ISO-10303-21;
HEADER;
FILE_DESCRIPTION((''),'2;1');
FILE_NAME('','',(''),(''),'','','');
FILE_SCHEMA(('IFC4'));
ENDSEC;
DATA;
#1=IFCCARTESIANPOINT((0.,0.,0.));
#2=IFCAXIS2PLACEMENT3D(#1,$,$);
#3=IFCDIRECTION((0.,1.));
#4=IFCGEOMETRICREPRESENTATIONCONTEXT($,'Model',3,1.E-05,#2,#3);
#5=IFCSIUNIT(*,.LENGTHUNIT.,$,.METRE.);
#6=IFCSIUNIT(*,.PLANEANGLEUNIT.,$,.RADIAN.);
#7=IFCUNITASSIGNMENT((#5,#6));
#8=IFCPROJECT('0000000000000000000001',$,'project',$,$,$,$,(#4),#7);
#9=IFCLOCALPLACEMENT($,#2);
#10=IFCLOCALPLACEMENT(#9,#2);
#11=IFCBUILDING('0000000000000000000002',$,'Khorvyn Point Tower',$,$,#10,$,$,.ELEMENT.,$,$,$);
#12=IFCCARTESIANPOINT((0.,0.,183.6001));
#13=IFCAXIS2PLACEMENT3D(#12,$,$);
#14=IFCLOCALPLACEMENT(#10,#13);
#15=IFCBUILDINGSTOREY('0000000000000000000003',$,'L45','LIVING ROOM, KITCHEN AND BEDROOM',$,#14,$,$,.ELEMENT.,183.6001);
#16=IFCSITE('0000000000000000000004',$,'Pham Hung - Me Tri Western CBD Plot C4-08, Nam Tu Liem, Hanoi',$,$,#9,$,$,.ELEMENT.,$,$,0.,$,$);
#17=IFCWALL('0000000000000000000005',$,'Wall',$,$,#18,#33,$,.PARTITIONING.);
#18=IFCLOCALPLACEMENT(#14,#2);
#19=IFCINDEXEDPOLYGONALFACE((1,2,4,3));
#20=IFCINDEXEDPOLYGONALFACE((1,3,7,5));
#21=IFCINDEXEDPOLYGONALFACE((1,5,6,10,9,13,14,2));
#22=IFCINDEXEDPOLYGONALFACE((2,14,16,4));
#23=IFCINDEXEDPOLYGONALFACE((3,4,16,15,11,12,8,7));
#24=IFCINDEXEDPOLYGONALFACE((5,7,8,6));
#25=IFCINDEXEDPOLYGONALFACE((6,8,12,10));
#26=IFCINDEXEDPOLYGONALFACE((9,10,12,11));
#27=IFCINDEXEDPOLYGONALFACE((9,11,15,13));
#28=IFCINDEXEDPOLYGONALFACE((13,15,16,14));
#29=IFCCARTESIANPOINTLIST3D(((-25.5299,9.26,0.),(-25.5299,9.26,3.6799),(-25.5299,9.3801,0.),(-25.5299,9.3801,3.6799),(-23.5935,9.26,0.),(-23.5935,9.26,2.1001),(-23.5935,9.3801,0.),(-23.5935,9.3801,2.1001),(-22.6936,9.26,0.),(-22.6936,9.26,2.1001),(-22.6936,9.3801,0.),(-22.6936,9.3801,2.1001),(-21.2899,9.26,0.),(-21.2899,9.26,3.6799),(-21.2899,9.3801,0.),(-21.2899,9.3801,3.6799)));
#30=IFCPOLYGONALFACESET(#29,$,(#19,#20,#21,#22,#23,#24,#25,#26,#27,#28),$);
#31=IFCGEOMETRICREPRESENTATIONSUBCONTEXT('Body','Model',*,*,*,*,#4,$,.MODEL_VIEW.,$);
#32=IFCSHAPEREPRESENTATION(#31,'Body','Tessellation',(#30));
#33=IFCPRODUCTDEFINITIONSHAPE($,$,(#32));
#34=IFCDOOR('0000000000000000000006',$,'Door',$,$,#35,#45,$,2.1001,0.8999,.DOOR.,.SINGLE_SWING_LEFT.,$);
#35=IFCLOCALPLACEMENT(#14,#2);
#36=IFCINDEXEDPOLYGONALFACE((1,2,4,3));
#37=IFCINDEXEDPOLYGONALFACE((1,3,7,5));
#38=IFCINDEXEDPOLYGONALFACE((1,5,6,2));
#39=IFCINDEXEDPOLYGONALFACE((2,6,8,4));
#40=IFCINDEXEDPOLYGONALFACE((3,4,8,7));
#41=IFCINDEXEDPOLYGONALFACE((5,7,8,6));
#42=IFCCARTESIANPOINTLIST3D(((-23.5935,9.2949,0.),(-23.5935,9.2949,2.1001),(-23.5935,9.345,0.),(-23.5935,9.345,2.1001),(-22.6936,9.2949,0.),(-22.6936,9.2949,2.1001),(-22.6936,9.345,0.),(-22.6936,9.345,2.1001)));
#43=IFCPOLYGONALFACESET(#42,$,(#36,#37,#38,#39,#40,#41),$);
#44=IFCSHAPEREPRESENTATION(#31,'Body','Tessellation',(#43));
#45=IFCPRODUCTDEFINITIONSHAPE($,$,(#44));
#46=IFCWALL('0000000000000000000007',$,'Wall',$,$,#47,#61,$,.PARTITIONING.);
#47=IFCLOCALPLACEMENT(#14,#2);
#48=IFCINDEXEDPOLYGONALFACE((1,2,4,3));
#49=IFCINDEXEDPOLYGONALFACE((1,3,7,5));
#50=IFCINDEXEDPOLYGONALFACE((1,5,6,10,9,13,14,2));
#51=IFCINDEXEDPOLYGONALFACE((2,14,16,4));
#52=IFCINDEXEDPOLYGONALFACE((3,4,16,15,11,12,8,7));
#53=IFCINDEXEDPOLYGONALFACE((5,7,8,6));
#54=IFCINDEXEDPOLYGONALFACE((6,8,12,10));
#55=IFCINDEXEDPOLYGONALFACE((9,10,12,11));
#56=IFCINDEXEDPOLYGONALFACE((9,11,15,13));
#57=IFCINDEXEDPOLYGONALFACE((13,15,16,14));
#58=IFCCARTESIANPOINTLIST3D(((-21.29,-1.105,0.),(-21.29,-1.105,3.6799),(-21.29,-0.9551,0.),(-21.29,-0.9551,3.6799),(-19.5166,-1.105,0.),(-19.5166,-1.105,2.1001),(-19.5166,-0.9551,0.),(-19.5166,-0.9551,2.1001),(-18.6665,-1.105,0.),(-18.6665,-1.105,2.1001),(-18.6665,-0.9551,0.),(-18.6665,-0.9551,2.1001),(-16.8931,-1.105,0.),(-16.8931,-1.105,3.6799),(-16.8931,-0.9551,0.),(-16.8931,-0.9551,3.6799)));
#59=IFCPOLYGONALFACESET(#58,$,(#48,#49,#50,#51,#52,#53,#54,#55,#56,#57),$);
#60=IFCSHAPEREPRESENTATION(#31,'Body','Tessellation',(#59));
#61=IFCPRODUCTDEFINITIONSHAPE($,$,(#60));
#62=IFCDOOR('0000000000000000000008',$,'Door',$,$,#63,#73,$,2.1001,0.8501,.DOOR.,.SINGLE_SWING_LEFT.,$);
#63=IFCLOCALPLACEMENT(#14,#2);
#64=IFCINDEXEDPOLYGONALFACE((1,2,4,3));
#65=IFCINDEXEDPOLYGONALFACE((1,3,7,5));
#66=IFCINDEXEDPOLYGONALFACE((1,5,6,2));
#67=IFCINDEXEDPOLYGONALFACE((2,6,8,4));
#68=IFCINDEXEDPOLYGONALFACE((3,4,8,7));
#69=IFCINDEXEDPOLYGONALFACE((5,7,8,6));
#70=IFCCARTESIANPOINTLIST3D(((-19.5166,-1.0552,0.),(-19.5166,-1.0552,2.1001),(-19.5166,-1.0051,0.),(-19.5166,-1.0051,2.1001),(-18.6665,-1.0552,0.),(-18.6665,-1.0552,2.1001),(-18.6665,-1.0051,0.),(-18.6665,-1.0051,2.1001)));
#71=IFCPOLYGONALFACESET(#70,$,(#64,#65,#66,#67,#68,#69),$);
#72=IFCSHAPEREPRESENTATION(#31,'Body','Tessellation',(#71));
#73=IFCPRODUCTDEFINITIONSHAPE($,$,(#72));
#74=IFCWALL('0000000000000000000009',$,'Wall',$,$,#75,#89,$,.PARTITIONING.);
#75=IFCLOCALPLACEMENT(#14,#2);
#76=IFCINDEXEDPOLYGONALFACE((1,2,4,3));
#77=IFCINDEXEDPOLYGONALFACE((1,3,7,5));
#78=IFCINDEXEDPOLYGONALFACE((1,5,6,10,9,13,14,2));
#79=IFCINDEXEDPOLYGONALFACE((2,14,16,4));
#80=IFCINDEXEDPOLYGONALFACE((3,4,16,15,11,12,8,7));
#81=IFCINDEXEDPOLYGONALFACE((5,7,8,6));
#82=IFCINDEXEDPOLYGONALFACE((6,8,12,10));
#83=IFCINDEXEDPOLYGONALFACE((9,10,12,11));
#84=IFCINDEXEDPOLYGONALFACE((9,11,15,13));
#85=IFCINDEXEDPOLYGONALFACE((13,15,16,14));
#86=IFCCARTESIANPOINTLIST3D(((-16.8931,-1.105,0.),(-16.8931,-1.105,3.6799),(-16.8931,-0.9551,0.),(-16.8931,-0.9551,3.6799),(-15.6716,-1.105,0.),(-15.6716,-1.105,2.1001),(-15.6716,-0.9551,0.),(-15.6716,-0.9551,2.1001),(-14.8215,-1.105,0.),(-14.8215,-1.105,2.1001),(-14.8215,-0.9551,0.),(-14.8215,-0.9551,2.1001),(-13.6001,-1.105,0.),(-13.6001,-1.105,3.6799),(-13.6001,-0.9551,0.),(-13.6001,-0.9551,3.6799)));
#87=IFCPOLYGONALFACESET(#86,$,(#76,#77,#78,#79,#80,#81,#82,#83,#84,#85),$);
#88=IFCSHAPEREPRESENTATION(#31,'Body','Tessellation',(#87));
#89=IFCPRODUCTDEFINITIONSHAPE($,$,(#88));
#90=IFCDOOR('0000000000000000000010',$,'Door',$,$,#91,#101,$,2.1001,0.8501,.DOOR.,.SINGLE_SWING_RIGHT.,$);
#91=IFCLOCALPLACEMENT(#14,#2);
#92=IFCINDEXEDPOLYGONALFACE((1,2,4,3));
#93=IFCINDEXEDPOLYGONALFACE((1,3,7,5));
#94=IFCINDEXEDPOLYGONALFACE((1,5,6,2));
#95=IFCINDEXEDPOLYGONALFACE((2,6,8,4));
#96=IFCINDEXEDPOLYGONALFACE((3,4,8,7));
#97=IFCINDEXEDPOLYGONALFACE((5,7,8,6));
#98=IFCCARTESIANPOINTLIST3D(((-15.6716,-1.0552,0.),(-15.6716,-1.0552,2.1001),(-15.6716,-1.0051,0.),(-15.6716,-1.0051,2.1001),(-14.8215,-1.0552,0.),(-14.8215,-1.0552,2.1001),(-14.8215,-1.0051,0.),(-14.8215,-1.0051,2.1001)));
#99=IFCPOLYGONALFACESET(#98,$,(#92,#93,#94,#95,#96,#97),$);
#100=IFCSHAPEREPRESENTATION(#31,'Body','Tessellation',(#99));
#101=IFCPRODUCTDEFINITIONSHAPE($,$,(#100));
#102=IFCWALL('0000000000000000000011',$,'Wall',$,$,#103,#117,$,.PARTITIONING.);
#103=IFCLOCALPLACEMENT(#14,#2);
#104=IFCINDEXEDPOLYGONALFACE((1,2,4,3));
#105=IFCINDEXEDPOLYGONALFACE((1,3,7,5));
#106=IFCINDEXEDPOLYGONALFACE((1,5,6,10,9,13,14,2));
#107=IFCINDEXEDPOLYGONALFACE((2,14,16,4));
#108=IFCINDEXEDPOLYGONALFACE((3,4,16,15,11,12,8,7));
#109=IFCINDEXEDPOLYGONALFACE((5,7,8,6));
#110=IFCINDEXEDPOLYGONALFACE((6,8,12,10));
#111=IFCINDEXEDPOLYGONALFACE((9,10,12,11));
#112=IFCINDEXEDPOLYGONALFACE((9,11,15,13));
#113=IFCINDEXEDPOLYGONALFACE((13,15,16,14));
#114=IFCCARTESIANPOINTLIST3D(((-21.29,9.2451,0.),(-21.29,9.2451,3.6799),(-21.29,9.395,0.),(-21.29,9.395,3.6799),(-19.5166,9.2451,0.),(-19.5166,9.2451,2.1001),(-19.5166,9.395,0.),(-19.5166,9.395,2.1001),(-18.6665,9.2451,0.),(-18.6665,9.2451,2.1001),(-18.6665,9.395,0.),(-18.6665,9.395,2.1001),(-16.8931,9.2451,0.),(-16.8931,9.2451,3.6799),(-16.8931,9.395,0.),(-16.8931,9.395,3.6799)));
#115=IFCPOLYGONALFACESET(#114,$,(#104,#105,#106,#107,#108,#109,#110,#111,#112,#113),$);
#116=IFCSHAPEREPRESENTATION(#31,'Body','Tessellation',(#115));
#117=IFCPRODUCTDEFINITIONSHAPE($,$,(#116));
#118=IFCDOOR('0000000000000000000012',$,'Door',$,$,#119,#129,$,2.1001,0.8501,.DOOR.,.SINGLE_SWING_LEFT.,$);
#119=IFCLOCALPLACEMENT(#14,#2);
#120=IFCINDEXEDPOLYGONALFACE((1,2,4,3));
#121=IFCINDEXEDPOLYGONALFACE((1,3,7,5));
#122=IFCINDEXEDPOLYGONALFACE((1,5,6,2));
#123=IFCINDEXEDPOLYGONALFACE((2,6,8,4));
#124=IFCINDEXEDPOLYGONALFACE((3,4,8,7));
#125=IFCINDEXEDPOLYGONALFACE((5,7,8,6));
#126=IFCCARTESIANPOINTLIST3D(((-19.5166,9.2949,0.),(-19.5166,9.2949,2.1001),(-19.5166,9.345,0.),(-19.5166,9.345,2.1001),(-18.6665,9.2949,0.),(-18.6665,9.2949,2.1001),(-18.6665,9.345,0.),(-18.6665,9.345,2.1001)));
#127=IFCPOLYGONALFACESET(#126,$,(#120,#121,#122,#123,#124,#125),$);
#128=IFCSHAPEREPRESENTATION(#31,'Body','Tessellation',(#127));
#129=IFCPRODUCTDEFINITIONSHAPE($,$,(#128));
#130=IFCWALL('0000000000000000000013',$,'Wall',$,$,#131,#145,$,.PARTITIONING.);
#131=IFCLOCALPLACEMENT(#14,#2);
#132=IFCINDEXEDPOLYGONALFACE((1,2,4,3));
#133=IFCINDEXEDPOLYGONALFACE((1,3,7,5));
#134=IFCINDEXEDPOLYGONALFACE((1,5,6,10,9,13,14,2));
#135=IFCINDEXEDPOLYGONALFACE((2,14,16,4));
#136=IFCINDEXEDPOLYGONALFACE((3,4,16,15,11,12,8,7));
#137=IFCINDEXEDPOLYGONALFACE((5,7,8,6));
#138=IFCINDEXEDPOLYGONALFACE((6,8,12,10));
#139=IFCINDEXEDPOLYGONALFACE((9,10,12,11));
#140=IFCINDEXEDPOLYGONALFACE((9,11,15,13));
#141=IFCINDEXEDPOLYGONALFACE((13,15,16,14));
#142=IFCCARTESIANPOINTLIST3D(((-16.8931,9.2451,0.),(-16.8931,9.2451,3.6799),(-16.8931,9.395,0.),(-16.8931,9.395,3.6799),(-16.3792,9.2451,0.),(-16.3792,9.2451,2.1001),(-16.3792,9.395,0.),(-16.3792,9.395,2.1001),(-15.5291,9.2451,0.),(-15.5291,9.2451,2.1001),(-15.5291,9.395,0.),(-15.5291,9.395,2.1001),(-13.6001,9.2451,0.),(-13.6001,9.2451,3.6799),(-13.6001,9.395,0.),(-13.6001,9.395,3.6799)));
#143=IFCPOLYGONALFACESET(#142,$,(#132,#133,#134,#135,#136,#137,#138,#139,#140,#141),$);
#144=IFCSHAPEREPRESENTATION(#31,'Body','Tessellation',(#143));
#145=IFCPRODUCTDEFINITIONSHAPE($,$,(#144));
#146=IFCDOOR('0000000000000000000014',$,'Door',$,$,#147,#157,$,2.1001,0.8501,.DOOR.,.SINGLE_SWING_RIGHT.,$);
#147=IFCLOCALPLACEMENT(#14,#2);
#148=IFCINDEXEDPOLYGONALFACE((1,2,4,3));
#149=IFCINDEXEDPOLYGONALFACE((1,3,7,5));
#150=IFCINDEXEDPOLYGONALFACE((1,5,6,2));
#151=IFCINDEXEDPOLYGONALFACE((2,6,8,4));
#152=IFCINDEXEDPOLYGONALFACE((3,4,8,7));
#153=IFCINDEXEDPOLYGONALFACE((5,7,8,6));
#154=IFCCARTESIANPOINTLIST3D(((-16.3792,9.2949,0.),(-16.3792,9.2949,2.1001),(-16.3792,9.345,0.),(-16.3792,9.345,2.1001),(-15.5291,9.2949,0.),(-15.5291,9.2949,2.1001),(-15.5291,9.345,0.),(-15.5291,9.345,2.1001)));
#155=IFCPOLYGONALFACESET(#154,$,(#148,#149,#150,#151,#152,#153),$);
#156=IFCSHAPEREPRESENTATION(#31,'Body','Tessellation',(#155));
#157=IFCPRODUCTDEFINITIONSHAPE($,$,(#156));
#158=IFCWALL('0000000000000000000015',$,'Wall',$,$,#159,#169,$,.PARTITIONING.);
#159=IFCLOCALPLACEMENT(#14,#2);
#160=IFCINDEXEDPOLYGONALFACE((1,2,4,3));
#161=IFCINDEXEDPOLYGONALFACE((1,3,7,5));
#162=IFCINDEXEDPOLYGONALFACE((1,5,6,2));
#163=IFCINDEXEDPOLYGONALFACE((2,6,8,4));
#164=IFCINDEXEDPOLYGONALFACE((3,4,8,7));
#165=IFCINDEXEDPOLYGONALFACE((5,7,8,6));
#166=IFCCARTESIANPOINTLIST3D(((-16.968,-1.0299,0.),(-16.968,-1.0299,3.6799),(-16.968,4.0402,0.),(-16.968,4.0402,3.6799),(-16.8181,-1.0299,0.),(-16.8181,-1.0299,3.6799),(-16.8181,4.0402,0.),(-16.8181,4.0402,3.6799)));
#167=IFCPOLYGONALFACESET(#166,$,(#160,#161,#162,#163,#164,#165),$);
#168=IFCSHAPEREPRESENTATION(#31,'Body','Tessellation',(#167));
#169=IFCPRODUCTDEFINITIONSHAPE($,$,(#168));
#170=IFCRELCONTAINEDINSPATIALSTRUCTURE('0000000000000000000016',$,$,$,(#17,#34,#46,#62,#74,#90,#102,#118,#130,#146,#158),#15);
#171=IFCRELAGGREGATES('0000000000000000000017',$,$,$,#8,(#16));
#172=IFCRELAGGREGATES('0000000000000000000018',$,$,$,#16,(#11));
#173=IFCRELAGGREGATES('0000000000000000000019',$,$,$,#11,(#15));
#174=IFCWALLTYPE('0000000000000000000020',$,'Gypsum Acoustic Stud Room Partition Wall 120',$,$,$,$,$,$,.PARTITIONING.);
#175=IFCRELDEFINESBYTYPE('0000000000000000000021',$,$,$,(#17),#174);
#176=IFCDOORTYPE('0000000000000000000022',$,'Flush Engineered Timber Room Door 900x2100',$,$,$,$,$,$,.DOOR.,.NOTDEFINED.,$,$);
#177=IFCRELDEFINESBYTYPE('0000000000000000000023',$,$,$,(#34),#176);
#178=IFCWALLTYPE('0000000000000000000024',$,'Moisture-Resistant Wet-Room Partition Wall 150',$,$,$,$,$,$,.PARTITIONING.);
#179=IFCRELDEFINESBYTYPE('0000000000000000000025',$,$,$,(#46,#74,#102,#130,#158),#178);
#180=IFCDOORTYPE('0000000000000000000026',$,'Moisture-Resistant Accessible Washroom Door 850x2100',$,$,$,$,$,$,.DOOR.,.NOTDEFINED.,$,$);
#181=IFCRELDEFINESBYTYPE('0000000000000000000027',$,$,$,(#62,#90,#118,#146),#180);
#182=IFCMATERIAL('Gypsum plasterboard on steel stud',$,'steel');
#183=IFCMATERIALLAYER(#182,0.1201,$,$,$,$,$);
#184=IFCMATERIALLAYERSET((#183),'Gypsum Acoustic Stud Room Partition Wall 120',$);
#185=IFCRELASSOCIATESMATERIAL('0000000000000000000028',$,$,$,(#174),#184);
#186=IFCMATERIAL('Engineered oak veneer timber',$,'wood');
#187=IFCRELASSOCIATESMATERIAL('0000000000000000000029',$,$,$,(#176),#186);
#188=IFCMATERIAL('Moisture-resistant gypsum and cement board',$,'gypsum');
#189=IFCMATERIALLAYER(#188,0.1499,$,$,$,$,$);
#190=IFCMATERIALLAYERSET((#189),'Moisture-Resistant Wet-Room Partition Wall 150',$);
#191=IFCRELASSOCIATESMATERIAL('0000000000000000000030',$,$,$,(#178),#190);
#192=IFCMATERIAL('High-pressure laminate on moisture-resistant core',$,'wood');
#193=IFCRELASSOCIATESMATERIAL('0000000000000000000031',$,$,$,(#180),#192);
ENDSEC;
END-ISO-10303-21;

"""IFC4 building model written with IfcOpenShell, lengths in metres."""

from ifc_helpers import new_model, si_unit, direction, frame, frame_2d, origin, place, context, subcontext, project, spatial, rectangle, extrude, material, layer, layer_set, type_object, element, fill, save


model = new_model("IFC4")

# Units and contexts
model_context = context("Model", 3, precision=1e-05, world=origin(), true_north=direction((0.0, 1.0)))
body_context = subcontext(model_context, "Body", "Model", "MODEL_VIEW")
ifc_project = project(units=[si_unit("LENGTHUNIT", "METRE"), si_unit("PLANEANGLEUNIT", "RADIAN")], contexts=[model_context])

# Site, building, storey
site_placement = place(None, origin())
site = spatial("IfcSite", under=ifc_project, at=site_placement, Name="Pham Hung - Me Tri Western CBD Plot C4-08, Nam Tu Liem, Hanoi", CompositionType="ELEMENT", RefElevation=0.0)
building_placement = place(site_placement, origin())
building = spatial("IfcBuilding", under=site, at=building_placement, Name="Khorvyn Point Tower", CompositionType="ELEMENT")
storey_placement = place(building_placement, frame((0.0, 0.0, 183.6001)))
storey = spatial("IfcBuildingStorey", under=building, at=storey_placement, Name="L45", Description="LIVING ROOM, KITCHEN AND BEDROOM", CompositionType="ELEMENT", Elevation=183.6001)

# Walls, openings, doors
ifc_material_1 = material(Name="Gypsum plasterboard on steel stud", Category="steel")
ifc_layer_1 = layer(ifc_material_1, 0.1201)
ifc_layer_set_1 = layer_set([ifc_layer_1], Name="Gypsum Acoustic Stud Room Partition Wall 120")
wall_type_1 = type_object("IfcWallType", Name="Gypsum Acoustic Stud Room Partition Wall 120", PredefinedType="PARTITIONING", material=ifc_layer_set_1)
ifc_material_2 = material(Name="Engineered oak veneer timber", Category="wood")
door_type_1 = type_object("IfcDoorType", Name="Flush Engineered Timber Room Door 900x2100", OperationType="NOTDEFINED", PredefinedType="DOOR", material=ifc_material_2)
wall_1_placement = place(storey_placement, frame((-25.53, 9.3201, 0.0), z_axis=(0.0, 0.0, 1.0), x_axis=(1.0, 0.0, 0.0)))
wall_1 = element("IfcWall", 1, at=wall_1_placement, inside=storey, type_object=wall_type_1, Name="Wall", PredefinedType="PARTITIONING", context=body_context, shape_type="SweptSolid", body=[
    extrude(rectangle(XDim=4.24, YDim=0.1201, at=frame_2d((2.1201, 0.0))), origin(), (0.0, 0.0, 1.0), 3.6799),
])
opening_1_placement = place(wall_1_placement, frame((1.9365, 0.0, 0.0)))
opening_1 = element("IfcOpeningElement", 2, at=opening_1_placement, cuts=wall_1, PredefinedType="OPENING", context=body_context, shape_type="SweptSolid", body=[
    extrude(rectangle(XDim=0.8999, YDim=2.1001, at=frame_2d((0.45, 1.05))), frame((0.0, 0.0701, 0.0), z_axis=(0.0, -1.0, 0.0), x_axis=(1.0, 0.0, 0.0)), (0.0, 0.0, 1.0), 0.1401),
])
door_1_placement = place(opening_1_placement, origin())
door_1 = element("IfcDoor", 3, at=door_1_placement, inside=storey, type_object=door_type_1, Name="Door", OperationType="SINGLE_SWING_LEFT", OverallHeight=2.1001, OverallWidth=0.8999, PredefinedType="DOOR", context=body_context, shape_type="SweptSolid", body=[
    extrude(rectangle(XDim=0.8999, YDim=2.1001, at=frame_2d((0.45, 1.05))), frame((0.0, 0.0249, 0.0), z_axis=(0.0, -1.0, 0.0), x_axis=(1.0, 0.0, 0.0)), (0.0, 0.0, 1.0), 0.05),
])
fill(opening_1, door_1)
ifc_material_3 = material(Name="Moisture-resistant gypsum and cement board", Category="gypsum")
ifc_layer_2 = layer(ifc_material_3, 0.1499)
ifc_layer_set_2 = layer_set([ifc_layer_2], Name="Moisture-Resistant Wet-Room Partition Wall 150")
wall_type_2 = type_object("IfcWallType", Name="Moisture-Resistant Wet-Room Partition Wall 150", PredefinedType="PARTITIONING", material=ifc_layer_set_2)
wall_2_placement = place(storey_placement, frame((-21.29, -1.03, 0.0), z_axis=(0.0, 0.0, 1.0), x_axis=(1.0, 0.0, 0.0)))
wall_2 = element("IfcWall", 4, at=wall_2_placement, inside=storey, type_object=wall_type_2, Name="Wall", PredefinedType="PARTITIONING", context=body_context, shape_type="SweptSolid", body=[
    extrude(rectangle(XDim=4.397, YDim=0.1499, at=frame_2d((2.1985, 0.0))), origin(), (0.0, 0.0, 1.0), 3.6799),
])
opening_2_placement = place(wall_2_placement, frame((1.7734, 0.0, 0.0)))
opening_2 = element("IfcOpeningElement", 5, at=opening_2_placement, cuts=wall_2, PredefinedType="OPENING", context=body_context, shape_type="SweptSolid", body=[
    extrude(rectangle(XDim=0.8501, YDim=2.1001, at=frame_2d((0.425, 1.05))), frame((0.0, 0.085, 0.0), z_axis=(0.0, -1.0, 0.0), x_axis=(1.0, 0.0, 0.0)), (0.0, 0.0, 1.0), 0.1699),
])
ifc_material_4 = material(Name="High-pressure laminate on moisture-resistant core", Category="wood")
door_type_2 = type_object("IfcDoorType", Name="Moisture-Resistant Accessible Washroom Door 850x2100", OperationType="NOTDEFINED", PredefinedType="DOOR", material=ifc_material_4)
door_2_placement = place(opening_2_placement, origin())
door_2 = element("IfcDoor", 6, at=door_2_placement, inside=storey, type_object=door_type_2, Name="Door", OperationType="SINGLE_SWING_LEFT", OverallHeight=2.1001, OverallWidth=0.8501, PredefinedType="DOOR", context=body_context, shape_type="SweptSolid", body=[
    extrude(rectangle(XDim=0.8501, YDim=2.1001, at=frame_2d((0.425, 1.05))), frame((0.0, 0.0249, 0.0), z_axis=(0.0, -1.0, 0.0), x_axis=(1.0, 0.0, 0.0)), (0.0, 0.0, 1.0), 0.05),
])
fill(opening_2, door_2)
wall_3_placement = place(storey_placement, frame((-16.8931, -1.03, 0.0), z_axis=(0.0, 0.0, 1.0), x_axis=(1.0, 0.0, 0.0)))
wall_3 = element("IfcWall", 7, at=wall_3_placement, inside=storey, type_object=wall_type_2, Name="Wall", PredefinedType="PARTITIONING", context=body_context, shape_type="SweptSolid", body=[
    extrude(rectangle(XDim=3.293, YDim=0.1499, at=frame_2d((1.6465, 0.0))), origin(), (0.0, 0.0, 1.0), 3.6799),
])
opening_3_placement = place(wall_3_placement, frame((1.2214, 0.0, 0.0)))
opening_3 = element("IfcOpeningElement", 8, at=opening_3_placement, cuts=wall_3, PredefinedType="OPENING", context=body_context, shape_type="SweptSolid", body=[
    extrude(rectangle(XDim=0.8501, YDim=2.1001, at=frame_2d((0.425, 1.05))), frame((0.0, 0.085, 0.0), z_axis=(0.0, -1.0, 0.0), x_axis=(1.0, 0.0, 0.0)), (0.0, 0.0, 1.0), 0.1699),
])
door_3_placement = place(opening_3_placement, origin())
door_3 = element("IfcDoor", 9, at=door_3_placement, inside=storey, type_object=door_type_2, Name="Door", OperationType="SINGLE_SWING_RIGHT", OverallHeight=2.1001, OverallWidth=0.8501, PredefinedType="DOOR", context=body_context, shape_type="SweptSolid", body=[
    extrude(rectangle(XDim=0.8501, YDim=2.1001, at=frame_2d((0.425, 1.05))), frame((0.0, 0.0249, 0.0), z_axis=(0.0, -1.0, 0.0), x_axis=(1.0, 0.0, 0.0)), (0.0, 0.0, 1.0), 0.05),
])
fill(opening_3, door_3)
wall_4_placement = place(storey_placement, frame((-21.29, 9.3201, 0.0), z_axis=(0.0, 0.0, 1.0), x_axis=(1.0, 0.0, 0.0)))
wall_4 = element("IfcWall", 10, at=wall_4_placement, inside=storey, type_object=wall_type_2, Name="Wall", PredefinedType="PARTITIONING", context=body_context, shape_type="SweptSolid", body=[
    extrude(rectangle(XDim=4.397, YDim=0.1499, at=frame_2d((2.1985, 0.0))), origin(), (0.0, 0.0, 1.0), 3.6799),
])
opening_4_placement = place(wall_4_placement, frame((1.7734, 0.0, 0.0)))
opening_4 = element("IfcOpeningElement", 11, at=opening_4_placement, cuts=wall_4, PredefinedType="OPENING", context=body_context, shape_type="SweptSolid", body=[
    extrude(rectangle(XDim=0.8501, YDim=2.1001, at=frame_2d((0.425, 1.05))), frame((0.0, 0.085, 0.0), z_axis=(0.0, -1.0, 0.0), x_axis=(1.0, 0.0, 0.0)), (0.0, 0.0, 1.0), 0.1699),
])
door_4_placement = place(opening_4_placement, origin())
door_4 = element("IfcDoor", 12, at=door_4_placement, inside=storey, type_object=door_type_2, Name="Door", OperationType="SINGLE_SWING_LEFT", OverallHeight=2.1001, OverallWidth=0.8501, PredefinedType="DOOR", context=body_context, shape_type="SweptSolid", body=[
    extrude(rectangle(XDim=0.8501, YDim=2.1001, at=frame_2d((0.425, 1.05))), frame((0.0, 0.0249, 0.0), z_axis=(0.0, -1.0, 0.0), x_axis=(1.0, 0.0, 0.0)), (0.0, 0.0, 1.0), 0.05),
])
fill(opening_4, door_4)
wall_5_placement = place(storey_placement, frame((-16.8931, 9.3201, 0.0), z_axis=(0.0, 0.0, 1.0), x_axis=(1.0, 0.0, 0.0)))
wall_5 = element("IfcWall", 13, at=wall_5_placement, inside=storey, type_object=wall_type_2, Name="Wall", PredefinedType="PARTITIONING", context=body_context, shape_type="SweptSolid", body=[
    extrude(rectangle(XDim=3.293, YDim=0.1499, at=frame_2d((1.6465, 0.0))), origin(), (0.0, 0.0, 1.0), 3.6799),
])
opening_5_placement = place(wall_5_placement, frame((0.5139, 0.0, 0.0)))
opening_5 = element("IfcOpeningElement", 14, at=opening_5_placement, cuts=wall_5, PredefinedType="OPENING", context=body_context, shape_type="SweptSolid", body=[
    extrude(rectangle(XDim=0.8501, YDim=2.1001, at=frame_2d((0.425, 1.05))), frame((0.0, 0.085, 0.0), z_axis=(0.0, -1.0, 0.0), x_axis=(1.0, 0.0, 0.0)), (0.0, 0.0, 1.0), 0.1699),
])
door_5_placement = place(opening_5_placement, origin())
door_5 = element("IfcDoor", 15, at=door_5_placement, inside=storey, type_object=door_type_2, Name="Door", OperationType="SINGLE_SWING_RIGHT", OverallHeight=2.1001, OverallWidth=0.8501, PredefinedType="DOOR", context=body_context, shape_type="SweptSolid", body=[
    extrude(rectangle(XDim=0.8501, YDim=2.1001, at=frame_2d((0.425, 1.05))), frame((0.0, 0.0249, 0.0), z_axis=(0.0, -1.0, 0.0), x_axis=(1.0, 0.0, 0.0)), (0.0, 0.0, 1.0), 0.05),
])
fill(opening_5, door_5)

# Wall
for number, where, z_axis, x_axis, name in (
    (16, (-16.8931, -1.03, 0.0), (0.0, 0.0, 1.0), (0.0, 1.0, 0.0), "Wall"),
):
    element("IfcWall", number, at=place(storey_placement, frame(where, z_axis=z_axis, x_axis=x_axis)), inside=storey, type_object=wall_type_2, Name=name, PredefinedType="PARTITIONING", context=body_context, shape_type="SweptSolid", body=[
        extrude(rectangle(XDim=5.0701, YDim=0.1499, at=frame_2d((2.5352, 0.0))), origin(), (0.0, 0.0, 1.0), 3.6799),
    ])

save(model, "model.ifc")
